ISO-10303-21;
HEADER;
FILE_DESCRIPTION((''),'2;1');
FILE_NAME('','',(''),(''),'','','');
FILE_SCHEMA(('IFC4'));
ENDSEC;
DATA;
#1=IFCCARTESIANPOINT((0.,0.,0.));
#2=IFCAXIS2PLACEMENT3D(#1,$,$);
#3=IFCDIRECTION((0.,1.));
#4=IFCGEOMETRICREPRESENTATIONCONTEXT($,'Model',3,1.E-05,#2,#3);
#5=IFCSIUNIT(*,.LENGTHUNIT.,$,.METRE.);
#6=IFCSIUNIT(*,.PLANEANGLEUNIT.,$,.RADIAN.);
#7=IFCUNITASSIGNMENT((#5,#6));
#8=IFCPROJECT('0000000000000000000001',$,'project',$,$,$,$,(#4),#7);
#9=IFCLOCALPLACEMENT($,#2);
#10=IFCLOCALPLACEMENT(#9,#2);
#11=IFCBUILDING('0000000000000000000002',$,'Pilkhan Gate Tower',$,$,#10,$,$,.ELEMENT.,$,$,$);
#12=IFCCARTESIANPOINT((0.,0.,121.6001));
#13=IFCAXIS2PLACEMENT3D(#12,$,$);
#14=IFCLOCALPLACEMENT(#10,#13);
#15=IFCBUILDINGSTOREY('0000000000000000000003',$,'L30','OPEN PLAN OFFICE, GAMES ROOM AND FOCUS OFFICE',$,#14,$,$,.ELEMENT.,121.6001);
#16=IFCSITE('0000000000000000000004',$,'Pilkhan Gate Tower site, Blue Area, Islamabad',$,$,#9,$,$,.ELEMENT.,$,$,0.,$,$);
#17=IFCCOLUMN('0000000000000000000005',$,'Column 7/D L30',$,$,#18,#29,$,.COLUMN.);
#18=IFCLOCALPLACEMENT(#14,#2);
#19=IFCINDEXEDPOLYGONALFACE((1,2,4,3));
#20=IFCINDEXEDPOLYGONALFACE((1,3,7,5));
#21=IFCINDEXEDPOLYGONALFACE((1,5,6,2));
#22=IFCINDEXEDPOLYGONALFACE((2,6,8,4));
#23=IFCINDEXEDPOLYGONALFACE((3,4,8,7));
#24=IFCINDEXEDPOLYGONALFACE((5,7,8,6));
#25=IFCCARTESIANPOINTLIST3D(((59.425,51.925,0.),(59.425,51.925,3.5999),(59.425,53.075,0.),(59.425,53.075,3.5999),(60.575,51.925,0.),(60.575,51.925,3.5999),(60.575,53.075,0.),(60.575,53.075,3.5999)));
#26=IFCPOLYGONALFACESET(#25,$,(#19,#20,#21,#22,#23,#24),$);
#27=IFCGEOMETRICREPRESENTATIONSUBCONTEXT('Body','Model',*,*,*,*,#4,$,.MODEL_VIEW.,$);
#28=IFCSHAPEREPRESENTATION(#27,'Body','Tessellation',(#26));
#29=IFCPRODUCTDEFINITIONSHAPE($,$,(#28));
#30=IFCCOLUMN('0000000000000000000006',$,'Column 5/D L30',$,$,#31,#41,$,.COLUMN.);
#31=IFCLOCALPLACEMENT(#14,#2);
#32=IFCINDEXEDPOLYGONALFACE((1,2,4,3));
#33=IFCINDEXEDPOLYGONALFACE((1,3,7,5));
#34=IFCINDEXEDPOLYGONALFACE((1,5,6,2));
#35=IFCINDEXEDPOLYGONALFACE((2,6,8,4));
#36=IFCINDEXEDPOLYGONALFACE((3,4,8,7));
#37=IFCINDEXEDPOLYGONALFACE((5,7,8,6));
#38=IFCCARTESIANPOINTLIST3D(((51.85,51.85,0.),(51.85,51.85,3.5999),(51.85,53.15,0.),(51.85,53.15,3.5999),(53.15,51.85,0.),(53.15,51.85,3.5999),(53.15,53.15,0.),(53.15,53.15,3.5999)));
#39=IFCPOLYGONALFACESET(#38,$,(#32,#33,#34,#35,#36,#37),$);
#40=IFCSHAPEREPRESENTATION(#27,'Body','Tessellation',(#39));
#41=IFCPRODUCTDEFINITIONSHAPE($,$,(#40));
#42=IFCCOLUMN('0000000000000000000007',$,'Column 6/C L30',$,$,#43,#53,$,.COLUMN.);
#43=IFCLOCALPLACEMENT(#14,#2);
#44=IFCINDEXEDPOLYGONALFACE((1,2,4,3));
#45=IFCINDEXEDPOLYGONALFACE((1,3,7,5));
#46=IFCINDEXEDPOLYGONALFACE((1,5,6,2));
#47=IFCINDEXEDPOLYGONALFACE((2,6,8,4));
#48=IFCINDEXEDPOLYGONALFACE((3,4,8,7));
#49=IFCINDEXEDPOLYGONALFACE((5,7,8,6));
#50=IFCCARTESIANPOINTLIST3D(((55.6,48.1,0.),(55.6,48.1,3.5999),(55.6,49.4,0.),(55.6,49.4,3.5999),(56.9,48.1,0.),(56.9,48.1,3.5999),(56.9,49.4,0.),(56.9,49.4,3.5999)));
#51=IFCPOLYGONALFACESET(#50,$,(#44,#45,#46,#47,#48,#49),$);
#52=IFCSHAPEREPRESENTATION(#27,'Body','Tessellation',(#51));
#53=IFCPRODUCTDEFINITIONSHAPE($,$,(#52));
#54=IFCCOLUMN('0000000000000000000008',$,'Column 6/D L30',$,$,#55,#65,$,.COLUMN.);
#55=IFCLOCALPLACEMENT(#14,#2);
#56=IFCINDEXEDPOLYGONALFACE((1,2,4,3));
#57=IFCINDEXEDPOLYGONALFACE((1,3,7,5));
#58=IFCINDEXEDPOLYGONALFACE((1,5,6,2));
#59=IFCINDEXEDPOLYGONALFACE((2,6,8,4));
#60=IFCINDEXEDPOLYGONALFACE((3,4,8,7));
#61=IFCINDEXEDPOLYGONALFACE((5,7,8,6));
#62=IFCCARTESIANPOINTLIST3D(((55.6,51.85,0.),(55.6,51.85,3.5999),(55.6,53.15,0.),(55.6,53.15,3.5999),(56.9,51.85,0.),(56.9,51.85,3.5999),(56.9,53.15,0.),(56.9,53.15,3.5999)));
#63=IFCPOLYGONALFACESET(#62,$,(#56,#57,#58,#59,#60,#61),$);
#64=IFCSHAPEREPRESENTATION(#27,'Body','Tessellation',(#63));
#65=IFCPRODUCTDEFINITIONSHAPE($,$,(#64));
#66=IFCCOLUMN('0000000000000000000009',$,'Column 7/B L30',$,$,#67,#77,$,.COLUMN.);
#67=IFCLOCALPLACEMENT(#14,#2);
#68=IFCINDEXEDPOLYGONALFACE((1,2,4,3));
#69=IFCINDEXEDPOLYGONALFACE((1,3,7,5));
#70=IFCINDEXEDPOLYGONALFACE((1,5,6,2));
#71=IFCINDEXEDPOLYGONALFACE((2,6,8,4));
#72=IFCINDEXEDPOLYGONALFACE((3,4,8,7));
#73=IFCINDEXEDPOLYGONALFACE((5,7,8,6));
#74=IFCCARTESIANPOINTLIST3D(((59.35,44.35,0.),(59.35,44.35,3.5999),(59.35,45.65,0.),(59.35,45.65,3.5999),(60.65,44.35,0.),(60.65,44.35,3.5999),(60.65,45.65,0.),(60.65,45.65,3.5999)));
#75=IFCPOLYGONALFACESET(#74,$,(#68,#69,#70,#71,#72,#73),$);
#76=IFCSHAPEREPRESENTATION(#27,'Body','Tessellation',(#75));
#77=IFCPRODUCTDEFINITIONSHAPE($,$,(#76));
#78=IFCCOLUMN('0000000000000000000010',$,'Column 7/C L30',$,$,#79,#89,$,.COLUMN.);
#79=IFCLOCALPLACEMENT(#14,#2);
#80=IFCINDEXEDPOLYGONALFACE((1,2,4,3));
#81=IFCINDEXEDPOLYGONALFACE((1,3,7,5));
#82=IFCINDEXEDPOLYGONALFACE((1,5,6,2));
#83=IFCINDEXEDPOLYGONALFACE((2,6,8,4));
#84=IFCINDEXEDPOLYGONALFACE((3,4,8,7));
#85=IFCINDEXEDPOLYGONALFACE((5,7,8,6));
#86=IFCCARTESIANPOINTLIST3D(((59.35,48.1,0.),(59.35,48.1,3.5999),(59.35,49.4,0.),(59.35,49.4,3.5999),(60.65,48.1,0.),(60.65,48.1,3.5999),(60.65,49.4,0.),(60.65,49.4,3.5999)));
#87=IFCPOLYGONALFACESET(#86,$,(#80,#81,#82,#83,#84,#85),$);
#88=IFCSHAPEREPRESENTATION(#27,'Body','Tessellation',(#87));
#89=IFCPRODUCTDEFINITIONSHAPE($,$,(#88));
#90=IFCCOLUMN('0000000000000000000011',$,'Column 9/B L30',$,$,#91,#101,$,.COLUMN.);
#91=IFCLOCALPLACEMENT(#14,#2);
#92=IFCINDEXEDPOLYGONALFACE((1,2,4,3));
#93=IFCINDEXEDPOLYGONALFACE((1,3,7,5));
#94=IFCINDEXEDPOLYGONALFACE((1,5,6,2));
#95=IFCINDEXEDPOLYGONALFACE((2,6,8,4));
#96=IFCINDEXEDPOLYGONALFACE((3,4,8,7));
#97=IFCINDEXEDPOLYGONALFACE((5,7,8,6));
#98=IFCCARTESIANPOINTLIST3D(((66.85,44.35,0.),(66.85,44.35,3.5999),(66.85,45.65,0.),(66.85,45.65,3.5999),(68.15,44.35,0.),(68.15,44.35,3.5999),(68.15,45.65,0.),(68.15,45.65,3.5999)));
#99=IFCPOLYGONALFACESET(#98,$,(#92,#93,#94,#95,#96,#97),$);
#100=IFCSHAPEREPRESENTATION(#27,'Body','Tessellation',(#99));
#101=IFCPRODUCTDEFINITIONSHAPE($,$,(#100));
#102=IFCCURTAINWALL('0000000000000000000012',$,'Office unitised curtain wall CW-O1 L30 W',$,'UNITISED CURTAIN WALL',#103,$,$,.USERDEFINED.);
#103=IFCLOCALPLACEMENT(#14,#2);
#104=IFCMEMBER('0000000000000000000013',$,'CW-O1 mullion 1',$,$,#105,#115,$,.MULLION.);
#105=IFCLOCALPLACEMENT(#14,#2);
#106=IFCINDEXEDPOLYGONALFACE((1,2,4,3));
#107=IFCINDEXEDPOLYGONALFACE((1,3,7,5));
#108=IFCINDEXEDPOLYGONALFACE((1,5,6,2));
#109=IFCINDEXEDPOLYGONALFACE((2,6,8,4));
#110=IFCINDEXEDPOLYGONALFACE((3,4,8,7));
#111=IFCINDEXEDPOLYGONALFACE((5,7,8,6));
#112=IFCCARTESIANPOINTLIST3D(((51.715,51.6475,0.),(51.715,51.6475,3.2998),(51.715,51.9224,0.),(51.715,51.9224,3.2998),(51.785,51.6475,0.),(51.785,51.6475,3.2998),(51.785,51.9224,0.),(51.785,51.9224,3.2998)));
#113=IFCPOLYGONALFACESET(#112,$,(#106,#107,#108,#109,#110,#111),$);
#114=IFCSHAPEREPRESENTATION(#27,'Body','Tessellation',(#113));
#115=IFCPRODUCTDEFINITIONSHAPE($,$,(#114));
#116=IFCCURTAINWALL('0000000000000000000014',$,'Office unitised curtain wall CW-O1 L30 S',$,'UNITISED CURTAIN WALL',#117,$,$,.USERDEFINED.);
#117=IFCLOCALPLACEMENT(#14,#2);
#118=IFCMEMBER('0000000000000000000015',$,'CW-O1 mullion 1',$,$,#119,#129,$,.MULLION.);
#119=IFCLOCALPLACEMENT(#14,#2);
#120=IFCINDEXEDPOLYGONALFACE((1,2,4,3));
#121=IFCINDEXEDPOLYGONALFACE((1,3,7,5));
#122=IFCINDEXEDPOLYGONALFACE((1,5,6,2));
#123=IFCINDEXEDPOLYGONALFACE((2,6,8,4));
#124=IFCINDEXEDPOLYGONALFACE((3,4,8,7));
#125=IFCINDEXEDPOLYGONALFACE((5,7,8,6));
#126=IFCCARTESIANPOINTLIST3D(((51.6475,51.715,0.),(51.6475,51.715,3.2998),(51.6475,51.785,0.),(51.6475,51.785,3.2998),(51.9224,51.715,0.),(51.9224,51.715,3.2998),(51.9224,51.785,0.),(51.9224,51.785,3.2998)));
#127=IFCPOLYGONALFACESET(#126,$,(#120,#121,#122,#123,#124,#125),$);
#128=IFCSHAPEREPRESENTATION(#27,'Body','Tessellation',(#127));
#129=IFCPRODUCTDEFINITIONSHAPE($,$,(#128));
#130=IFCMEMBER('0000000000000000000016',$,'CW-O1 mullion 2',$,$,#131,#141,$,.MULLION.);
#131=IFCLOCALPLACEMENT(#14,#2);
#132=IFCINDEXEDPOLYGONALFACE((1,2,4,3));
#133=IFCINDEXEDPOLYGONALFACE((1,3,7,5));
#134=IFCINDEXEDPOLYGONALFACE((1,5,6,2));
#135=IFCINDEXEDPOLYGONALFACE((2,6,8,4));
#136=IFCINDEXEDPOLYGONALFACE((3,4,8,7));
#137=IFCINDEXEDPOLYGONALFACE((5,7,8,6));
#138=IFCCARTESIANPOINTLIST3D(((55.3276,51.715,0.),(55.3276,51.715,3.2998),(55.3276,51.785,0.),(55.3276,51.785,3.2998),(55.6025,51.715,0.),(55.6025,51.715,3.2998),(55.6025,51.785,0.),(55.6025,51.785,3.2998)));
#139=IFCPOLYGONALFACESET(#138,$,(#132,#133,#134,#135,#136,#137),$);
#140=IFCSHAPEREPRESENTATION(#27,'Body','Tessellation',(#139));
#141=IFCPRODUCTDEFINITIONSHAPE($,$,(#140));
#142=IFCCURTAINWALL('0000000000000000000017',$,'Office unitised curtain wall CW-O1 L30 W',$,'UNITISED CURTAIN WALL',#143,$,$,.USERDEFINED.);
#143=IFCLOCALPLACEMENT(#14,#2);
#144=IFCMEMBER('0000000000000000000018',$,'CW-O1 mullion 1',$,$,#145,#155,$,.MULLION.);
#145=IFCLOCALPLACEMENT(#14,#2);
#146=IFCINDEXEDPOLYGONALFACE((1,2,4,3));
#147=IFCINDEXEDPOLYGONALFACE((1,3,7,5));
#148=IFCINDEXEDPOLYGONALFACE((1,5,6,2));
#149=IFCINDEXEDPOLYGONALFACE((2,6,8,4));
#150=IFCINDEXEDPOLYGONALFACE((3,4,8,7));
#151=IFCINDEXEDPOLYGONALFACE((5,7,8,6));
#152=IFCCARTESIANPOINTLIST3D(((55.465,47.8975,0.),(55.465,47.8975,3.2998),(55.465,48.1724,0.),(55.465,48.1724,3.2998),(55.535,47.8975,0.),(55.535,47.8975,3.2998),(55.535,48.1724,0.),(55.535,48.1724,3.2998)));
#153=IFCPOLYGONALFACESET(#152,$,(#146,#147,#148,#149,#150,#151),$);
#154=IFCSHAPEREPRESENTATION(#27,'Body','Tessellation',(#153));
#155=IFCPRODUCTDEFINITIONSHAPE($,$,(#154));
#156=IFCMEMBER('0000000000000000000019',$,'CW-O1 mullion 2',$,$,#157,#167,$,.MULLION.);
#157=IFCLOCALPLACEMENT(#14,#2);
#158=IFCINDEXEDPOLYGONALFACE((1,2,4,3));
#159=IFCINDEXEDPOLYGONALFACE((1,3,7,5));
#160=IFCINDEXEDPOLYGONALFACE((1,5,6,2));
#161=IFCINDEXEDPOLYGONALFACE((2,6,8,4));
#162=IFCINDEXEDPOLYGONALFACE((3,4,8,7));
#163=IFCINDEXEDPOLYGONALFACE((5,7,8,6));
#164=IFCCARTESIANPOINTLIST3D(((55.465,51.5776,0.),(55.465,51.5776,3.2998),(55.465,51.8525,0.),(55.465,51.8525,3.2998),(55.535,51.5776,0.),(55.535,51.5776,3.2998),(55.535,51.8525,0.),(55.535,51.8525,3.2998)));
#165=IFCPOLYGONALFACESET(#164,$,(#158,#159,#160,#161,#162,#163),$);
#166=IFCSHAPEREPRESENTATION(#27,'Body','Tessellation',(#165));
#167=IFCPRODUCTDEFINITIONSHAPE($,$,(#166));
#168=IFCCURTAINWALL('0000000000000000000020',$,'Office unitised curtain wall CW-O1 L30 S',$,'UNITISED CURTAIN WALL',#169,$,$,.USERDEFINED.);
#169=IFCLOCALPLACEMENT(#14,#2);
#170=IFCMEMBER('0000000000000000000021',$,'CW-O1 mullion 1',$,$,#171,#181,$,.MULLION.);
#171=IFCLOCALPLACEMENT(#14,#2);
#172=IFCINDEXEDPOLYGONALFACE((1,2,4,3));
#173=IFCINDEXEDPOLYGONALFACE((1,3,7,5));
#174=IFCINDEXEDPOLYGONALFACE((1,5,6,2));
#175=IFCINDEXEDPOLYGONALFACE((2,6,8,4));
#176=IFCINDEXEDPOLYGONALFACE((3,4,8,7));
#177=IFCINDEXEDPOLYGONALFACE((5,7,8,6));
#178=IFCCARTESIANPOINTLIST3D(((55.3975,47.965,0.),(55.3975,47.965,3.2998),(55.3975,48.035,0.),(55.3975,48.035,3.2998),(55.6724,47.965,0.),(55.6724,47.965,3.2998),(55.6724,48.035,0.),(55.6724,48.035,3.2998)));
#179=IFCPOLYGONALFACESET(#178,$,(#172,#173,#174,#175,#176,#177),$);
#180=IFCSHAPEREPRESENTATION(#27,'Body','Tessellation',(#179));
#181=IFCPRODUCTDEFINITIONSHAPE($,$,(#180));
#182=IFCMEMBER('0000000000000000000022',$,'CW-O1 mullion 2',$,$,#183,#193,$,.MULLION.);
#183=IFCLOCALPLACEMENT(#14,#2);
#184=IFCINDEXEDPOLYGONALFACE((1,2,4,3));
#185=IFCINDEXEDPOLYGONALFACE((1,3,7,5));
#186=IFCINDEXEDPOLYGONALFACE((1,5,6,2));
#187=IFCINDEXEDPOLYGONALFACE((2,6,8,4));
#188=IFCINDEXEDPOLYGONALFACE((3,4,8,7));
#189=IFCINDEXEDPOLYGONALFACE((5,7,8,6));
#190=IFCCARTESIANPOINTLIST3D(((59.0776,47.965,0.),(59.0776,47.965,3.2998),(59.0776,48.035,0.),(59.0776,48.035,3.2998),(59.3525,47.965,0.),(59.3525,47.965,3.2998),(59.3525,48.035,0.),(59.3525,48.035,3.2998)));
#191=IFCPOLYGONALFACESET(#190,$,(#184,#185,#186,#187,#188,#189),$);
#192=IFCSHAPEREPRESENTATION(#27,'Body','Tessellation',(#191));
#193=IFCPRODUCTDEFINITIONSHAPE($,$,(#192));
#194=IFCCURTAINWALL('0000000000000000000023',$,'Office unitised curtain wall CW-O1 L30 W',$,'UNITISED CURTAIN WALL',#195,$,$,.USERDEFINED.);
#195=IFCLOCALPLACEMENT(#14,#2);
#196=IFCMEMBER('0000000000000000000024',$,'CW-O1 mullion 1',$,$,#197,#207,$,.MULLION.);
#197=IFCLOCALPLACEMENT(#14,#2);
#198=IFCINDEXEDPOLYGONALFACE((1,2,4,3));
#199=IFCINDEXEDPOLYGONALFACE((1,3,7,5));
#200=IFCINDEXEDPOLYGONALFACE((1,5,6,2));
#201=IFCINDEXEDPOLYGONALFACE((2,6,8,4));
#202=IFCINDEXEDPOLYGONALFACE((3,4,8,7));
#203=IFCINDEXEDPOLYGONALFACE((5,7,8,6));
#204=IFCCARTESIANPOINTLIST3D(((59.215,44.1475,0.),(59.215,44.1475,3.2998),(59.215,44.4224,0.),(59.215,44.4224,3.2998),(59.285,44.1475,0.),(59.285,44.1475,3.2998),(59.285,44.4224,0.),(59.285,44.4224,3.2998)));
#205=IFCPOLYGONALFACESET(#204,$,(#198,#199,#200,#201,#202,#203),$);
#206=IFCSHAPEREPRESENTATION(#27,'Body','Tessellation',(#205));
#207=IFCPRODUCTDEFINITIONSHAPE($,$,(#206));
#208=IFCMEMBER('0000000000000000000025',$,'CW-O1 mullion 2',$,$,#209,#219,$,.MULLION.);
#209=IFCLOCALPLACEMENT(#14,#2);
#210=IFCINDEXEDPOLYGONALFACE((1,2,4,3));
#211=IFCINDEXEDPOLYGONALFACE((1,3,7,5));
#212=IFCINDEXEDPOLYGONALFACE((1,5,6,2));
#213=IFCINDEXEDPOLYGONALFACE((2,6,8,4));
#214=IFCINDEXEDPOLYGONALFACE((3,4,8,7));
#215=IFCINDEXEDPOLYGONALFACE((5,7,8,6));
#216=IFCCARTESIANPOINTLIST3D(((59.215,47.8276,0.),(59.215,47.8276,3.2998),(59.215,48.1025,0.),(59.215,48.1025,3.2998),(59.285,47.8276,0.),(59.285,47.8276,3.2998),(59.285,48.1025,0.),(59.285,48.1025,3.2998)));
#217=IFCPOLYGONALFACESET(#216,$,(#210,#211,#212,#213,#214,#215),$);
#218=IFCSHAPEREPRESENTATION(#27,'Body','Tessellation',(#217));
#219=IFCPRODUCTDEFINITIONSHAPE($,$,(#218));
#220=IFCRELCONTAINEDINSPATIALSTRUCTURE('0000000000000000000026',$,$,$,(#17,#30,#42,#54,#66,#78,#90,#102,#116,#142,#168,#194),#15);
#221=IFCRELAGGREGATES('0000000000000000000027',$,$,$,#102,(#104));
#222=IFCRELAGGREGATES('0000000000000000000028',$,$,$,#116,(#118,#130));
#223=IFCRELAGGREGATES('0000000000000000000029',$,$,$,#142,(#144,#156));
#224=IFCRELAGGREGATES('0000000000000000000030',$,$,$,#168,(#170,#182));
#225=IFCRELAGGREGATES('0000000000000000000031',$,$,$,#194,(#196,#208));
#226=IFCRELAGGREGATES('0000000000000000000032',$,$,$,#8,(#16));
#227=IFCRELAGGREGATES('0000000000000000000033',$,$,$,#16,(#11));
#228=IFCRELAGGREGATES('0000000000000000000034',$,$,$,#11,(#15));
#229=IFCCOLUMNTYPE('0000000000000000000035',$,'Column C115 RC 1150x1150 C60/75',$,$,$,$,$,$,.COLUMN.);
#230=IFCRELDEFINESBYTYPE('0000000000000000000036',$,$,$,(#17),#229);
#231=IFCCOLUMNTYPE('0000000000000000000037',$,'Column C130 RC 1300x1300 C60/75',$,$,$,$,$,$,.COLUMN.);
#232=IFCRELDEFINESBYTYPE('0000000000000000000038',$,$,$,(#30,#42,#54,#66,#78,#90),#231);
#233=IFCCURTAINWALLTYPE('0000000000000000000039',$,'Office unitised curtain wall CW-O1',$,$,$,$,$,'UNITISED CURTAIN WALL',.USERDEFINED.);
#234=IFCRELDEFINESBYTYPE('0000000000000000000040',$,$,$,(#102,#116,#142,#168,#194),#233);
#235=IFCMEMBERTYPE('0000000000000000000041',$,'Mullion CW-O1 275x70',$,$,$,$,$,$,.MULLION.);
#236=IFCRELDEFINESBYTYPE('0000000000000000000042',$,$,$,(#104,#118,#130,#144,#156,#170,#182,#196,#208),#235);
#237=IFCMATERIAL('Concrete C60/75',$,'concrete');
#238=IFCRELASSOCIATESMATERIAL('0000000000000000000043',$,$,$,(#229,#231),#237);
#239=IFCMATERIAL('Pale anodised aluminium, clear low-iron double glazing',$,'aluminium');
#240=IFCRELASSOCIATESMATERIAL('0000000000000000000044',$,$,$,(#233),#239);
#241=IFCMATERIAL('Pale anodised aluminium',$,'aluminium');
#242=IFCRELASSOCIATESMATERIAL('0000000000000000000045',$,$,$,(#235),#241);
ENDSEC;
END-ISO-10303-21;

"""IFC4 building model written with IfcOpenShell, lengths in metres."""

from ifc_helpers import new_model, si_unit, direction, frame, origin, origin_2d, place, context, subcontext, project, spatial, rectangle, extrude, material, material_profile, profile_set, type_object, element, aggregate, save


model = new_model("IFC4")

# Units and contexts
model_context = context("Model", 3, precision=1e-05, world=origin(), true_north=direction((0.0, 1.0)))
body_context = subcontext(model_context, "Body", "Model", "MODEL_VIEW")
ifc_project = project(units=[si_unit("LENGTHUNIT", "METRE"), si_unit("PLANEANGLEUNIT", "RADIAN")], contexts=[model_context])

# Site, building, storey
site_placement = place(None, origin())
site = spatial("IfcSite", under=ifc_project, at=site_placement, Name="Pilkhan Gate Tower site, Blue Area, Islamabad", CompositionType="ELEMENT", RefElevation=0.0)
building_placement = place(site_placement, origin())
building = spatial("IfcBuilding", under=site, at=building_placement, Name="Pilkhan Gate Tower", CompositionType="ELEMENT")
storey_placement = place(building_placement, frame((0.0, 0.0, 121.6001)))
storey = spatial("IfcBuildingStorey", under=building, at=storey_placement, Name="L30", Description="OPEN PLAN OFFICE, GAMES ROOM AND FOCUS OFFICE", CompositionType="ELEMENT", Elevation=121.6001)

# Columns
ifc_material_1 = material(Name="Concrete C60/75", Category="concrete")
ifc_material_profile_1 = material_profile(ifc_material_1, rectangle(XDim=1.1499, YDim=1.1499, at=origin_2d()), Name="RC 1150x1150")
ifc_profile_set_1 = profile_set([ifc_material_profile_1], Name="Concrete C60/75")
column_type_1 = type_object("IfcColumnType", Name="Column C115 RC 1150x1150 C60/75", PredefinedType="COLUMN", material=ifc_profile_set_1)
column_placement = place(storey_placement, frame((60.0, 52.5, 0.0), z_axis=(0.0, 0.0, 1.0), x_axis=(1.0, 0.0, 0.0)))
element("IfcColumn", 1, at=column_placement, inside=storey, type_object=column_type_1, Name="Column 7/D L30", PredefinedType="COLUMN", context=body_context, shape_type="SweptSolid", body=[
    extrude(rectangle(XDim=1.1499, YDim=1.1499, at=origin_2d()), origin(), (0.0, 0.0, 1.0), 3.5999),
])
ifc_material_profile_2 = material_profile(ifc_material_1, rectangle(XDim=1.3, YDim=1.3, at=origin_2d()), Name="RC 1300x1300")
ifc_profile_set_2 = profile_set([ifc_material_profile_2], Name="Concrete C60/75")
column_type_2 = type_object("IfcColumnType", Name="Column C130 RC 1300x1300 C60/75", PredefinedType="COLUMN", material=ifc_profile_set_2)
for number, where, z_axis, x_axis, name in (
    (2, (52.5, 52.5, 0.0), (0.0, 0.0, 1.0), (1.0, 0.0, 0.0), "Column 5/D L30"),
    (3, (56.25, 48.75, 0.0), (0.0, 0.0, 1.0), (1.0, 0.0, 0.0), "Column 6/C L30"),
    (4, (56.25, 52.5, 0.0), (0.0, 0.0, 1.0), (1.0, 0.0, 0.0), "Column 6/D L30"),
    (5, (60.0, 45.0, 0.0), (0.0, 0.0, 1.0), (1.0, 0.0, 0.0), "Column 7/B L30"),
    (6, (60.0, 48.75, 0.0), (0.0, 0.0, 1.0), (1.0, 0.0, 0.0), "Column 7/C L30"),
    (7, (67.5, 45.0, 0.0), (0.0, 0.0, 1.0), (1.0, 0.0, 0.0), "Column 9/B L30"),
):
    element("IfcColumn", number, at=place(storey_placement, frame(where, z_axis=z_axis, x_axis=x_axis)), inside=storey, type_object=column_type_2, Name=name, PredefinedType="COLUMN", context=body_context, shape_type="SweptSolid", body=[
        extrude(rectangle(XDim=1.3, YDim=1.3, at=origin_2d()), origin(), (0.0, 0.0, 1.0), 3.5999),
    ])

# Curtain wall, member
ifc_material_2 = material(Name="Pale anodised aluminium, clear low-iron double glazing", Category="aluminium")
curtain_wall_type = type_object("IfcCurtainWallType", Name="Office unitised curtain wall CW-O1", ElementType="UNITISED CURTAIN WALL", PredefinedType="USERDEFINED", material=ifc_material_2)
curtain_wall_1_placement = place(storey_placement, origin())
curtain_wall_1 = element("IfcCurtainWall", 8, at=curtain_wall_1_placement, inside=storey, type_object=curtain_wall_type, Name="Office unitised curtain wall CW-O1 L30 W", ObjectType="UNITISED CURTAIN WALL", PredefinedType="USERDEFINED")
ifc_material_3 = material(Name="Pale anodised aluminium", Category="aluminium")
ifc_material_profile_3 = material_profile(ifc_material_3, rectangle(XDim=0.0701, YDim=0.2749, at=origin_2d()), Name="Mullion 275x70")
ifc_profile_set_3 = profile_set([ifc_material_profile_3], Name="Pale anodised aluminium")
member_type_1 = type_object("IfcMemberType", Name="Mullion CW-O1 275x70", PredefinedType="MULLION", material=ifc_profile_set_3)
member_1_placement = place(storey_placement, frame((51.75, 51.7849, 0.0), z_axis=(0.0, 0.0, 1.0), x_axis=(-1.0, 0.0, 0.0)))
member_1 = element("IfcMember", 9, at=member_1_placement, type_object=member_type_1, Name="CW-O1 mullion 1", PredefinedType="MULLION", context=body_context, shape_type="SweptSolid", body=[
    extrude(rectangle(XDim=0.0701, YDim=0.2749, at=origin_2d()), origin(), (0.0, 0.0, 1.0), 3.2998),
])

# Curtain walls, members
curtain_wall_2_placement = place(storey_placement, origin())
curtain_wall_2 = element("IfcCurtainWall", 10, at=curtain_wall_2_placement, inside=storey, type_object=curtain_wall_type, Name="Office unitised curtain wall CW-O1 L30 S", ObjectType="UNITISED CURTAIN WALL", PredefinedType="USERDEFINED")
member_2_placement = place(storey_placement, frame((51.7849, 51.75, 0.0), z_axis=(0.0, 0.0, 1.0), x_axis=(0.0, 1.0, 0.0)))
member_2 = element("IfcMember", 11, at=member_2_placement, type_object=member_type_1, Name="CW-O1 mullion 1", PredefinedType="MULLION", context=body_context, shape_type="SweptSolid", body=[
    extrude(rectangle(XDim=0.0701, YDim=0.2749, at=origin_2d()), origin(), (0.0, 0.0, 1.0), 3.2998),
])
member_3_placement = place(storey_placement, frame((55.4651, 51.75, 0.0), z_axis=(0.0, 0.0, 1.0), x_axis=(0.0, 1.0, 0.0)))
member_3 = element("IfcMember", 12, at=member_3_placement, type_object=member_type_1, Name="CW-O1 mullion 2", PredefinedType="MULLION", context=body_context, shape_type="SweptSolid", body=[
    extrude(rectangle(XDim=0.0701, YDim=0.2749, at=origin_2d()), origin(), (0.0, 0.0, 1.0), 3.2998),
])
curtain_wall_3_placement = place(storey_placement, origin())
curtain_wall_3 = element("IfcCurtainWall", 13, at=curtain_wall_3_placement, inside=storey, type_object=curtain_wall_type, Name="Office unitised curtain wall CW-O1 L30 W", ObjectType="UNITISED CURTAIN WALL", PredefinedType="USERDEFINED")
member_4_placement = place(storey_placement, frame((55.5, 48.0349, 0.0), z_axis=(0.0, 0.0, 1.0), x_axis=(-1.0, 0.0, 0.0)))
member_4 = element("IfcMember", 14, at=member_4_placement, type_object=member_type_1, Name="CW-O1 mullion 1", PredefinedType="MULLION", context=body_context, shape_type="SweptSolid", body=[
    extrude(rectangle(XDim=0.0701, YDim=0.2749, at=origin_2d()), origin(), (0.0, 0.0, 1.0), 3.2998),
])
member_5_placement = place(storey_placement, frame((55.5, 51.7151, 0.0), z_axis=(0.0, 0.0, 1.0), x_axis=(-1.0, 0.0, 0.0)))
member_5 = element("IfcMember", 15, at=member_5_placement, type_object=member_type_1, Name="CW-O1 mullion 2", PredefinedType="MULLION", context=body_context, shape_type="SweptSolid", body=[
    extrude(rectangle(XDim=0.0701, YDim=0.2749, at=origin_2d()), origin(), (0.0, 0.0, 1.0), 3.2998),
])
curtain_wall_4_placement = place(storey_placement, origin())
curtain_wall_4 = element("IfcCurtainWall", 16, at=curtain_wall_4_placement, inside=storey, type_object=curtain_wall_type, Name="Office unitised curtain wall CW-O1 L30 S", ObjectType="UNITISED CURTAIN WALL", PredefinedType="USERDEFINED")
member_6_placement = place(storey_placement, frame((55.5349, 48.0, 0.0), z_axis=(0.0, 0.0, 1.0), x_axis=(0.0, 1.0, 0.0)))
member_6 = element("IfcMember", 17, at=member_6_placement, type_object=member_type_1, Name="CW-O1 mullion 1", PredefinedType="MULLION", context=body_context, shape_type="SweptSolid", body=[
    extrude(rectangle(XDim=0.0701, YDim=0.2749, at=origin_2d()), origin(), (0.0, 0.0, 1.0), 3.2998),
])
member_7_placement = place(storey_placement, frame((59.2151, 48.0, 0.0), z_axis=(0.0, 0.0, 1.0), x_axis=(0.0, 1.0, 0.0)))
member_7 = element("IfcMember", 18, at=member_7_placement, type_object=member_type_1, Name="CW-O1 mullion 2", PredefinedType="MULLION", context=body_context, shape_type="SweptSolid", body=[
    extrude(rectangle(XDim=0.0701, YDim=0.2749, at=origin_2d()), origin(), (0.0, 0.0, 1.0), 3.2998),
])
curtain_wall_5_placement = place(storey_placement, origin())
curtain_wall_5 = element("IfcCurtainWall", 19, at=curtain_wall_5_placement, inside=storey, type_object=curtain_wall_type, Name="Office unitised curtain wall CW-O1 L30 W", ObjectType="UNITISED CURTAIN WALL", PredefinedType="USERDEFINED")
member_8_placement = place(storey_placement, frame((59.25, 44.2849, 0.0), z_axis=(0.0, 0.0, 1.0), x_axis=(-1.0, 0.0, 0.0)))
member_8 = element("IfcMember", 20, at=member_8_placement, type_object=member_type_1, Name="CW-O1 mullion 1", PredefinedType="MULLION", context=body_context, shape_type="SweptSolid", body=[
    extrude(rectangle(XDim=0.0701, YDim=0.2749, at=origin_2d()), origin(), (0.0, 0.0, 1.0), 3.2998),
])
member_9_placement = place(storey_placement, frame((59.25, 47.9651, 0.0), z_axis=(0.0, 0.0, 1.0), x_axis=(-1.0, 0.0, 0.0)))
member_9 = element("IfcMember", 21, at=member_9_placement, type_object=member_type_1, Name="CW-O1 mullion 2", PredefinedType="MULLION", context=body_context, shape_type="SweptSolid", body=[
    extrude(rectangle(XDim=0.0701, YDim=0.2749, at=origin_2d()), origin(), (0.0, 0.0, 1.0), 3.2998),
])

aggregate(curtain_wall_1, [member_1])

aggregate(curtain_wall_2, [member_2, member_3])
aggregate(curtain_wall_3, [member_4, member_5])
aggregate(curtain_wall_4, [member_6, member_7])
aggregate(curtain_wall_5, [member_8, member_9])

save(model, "model.ifc")
